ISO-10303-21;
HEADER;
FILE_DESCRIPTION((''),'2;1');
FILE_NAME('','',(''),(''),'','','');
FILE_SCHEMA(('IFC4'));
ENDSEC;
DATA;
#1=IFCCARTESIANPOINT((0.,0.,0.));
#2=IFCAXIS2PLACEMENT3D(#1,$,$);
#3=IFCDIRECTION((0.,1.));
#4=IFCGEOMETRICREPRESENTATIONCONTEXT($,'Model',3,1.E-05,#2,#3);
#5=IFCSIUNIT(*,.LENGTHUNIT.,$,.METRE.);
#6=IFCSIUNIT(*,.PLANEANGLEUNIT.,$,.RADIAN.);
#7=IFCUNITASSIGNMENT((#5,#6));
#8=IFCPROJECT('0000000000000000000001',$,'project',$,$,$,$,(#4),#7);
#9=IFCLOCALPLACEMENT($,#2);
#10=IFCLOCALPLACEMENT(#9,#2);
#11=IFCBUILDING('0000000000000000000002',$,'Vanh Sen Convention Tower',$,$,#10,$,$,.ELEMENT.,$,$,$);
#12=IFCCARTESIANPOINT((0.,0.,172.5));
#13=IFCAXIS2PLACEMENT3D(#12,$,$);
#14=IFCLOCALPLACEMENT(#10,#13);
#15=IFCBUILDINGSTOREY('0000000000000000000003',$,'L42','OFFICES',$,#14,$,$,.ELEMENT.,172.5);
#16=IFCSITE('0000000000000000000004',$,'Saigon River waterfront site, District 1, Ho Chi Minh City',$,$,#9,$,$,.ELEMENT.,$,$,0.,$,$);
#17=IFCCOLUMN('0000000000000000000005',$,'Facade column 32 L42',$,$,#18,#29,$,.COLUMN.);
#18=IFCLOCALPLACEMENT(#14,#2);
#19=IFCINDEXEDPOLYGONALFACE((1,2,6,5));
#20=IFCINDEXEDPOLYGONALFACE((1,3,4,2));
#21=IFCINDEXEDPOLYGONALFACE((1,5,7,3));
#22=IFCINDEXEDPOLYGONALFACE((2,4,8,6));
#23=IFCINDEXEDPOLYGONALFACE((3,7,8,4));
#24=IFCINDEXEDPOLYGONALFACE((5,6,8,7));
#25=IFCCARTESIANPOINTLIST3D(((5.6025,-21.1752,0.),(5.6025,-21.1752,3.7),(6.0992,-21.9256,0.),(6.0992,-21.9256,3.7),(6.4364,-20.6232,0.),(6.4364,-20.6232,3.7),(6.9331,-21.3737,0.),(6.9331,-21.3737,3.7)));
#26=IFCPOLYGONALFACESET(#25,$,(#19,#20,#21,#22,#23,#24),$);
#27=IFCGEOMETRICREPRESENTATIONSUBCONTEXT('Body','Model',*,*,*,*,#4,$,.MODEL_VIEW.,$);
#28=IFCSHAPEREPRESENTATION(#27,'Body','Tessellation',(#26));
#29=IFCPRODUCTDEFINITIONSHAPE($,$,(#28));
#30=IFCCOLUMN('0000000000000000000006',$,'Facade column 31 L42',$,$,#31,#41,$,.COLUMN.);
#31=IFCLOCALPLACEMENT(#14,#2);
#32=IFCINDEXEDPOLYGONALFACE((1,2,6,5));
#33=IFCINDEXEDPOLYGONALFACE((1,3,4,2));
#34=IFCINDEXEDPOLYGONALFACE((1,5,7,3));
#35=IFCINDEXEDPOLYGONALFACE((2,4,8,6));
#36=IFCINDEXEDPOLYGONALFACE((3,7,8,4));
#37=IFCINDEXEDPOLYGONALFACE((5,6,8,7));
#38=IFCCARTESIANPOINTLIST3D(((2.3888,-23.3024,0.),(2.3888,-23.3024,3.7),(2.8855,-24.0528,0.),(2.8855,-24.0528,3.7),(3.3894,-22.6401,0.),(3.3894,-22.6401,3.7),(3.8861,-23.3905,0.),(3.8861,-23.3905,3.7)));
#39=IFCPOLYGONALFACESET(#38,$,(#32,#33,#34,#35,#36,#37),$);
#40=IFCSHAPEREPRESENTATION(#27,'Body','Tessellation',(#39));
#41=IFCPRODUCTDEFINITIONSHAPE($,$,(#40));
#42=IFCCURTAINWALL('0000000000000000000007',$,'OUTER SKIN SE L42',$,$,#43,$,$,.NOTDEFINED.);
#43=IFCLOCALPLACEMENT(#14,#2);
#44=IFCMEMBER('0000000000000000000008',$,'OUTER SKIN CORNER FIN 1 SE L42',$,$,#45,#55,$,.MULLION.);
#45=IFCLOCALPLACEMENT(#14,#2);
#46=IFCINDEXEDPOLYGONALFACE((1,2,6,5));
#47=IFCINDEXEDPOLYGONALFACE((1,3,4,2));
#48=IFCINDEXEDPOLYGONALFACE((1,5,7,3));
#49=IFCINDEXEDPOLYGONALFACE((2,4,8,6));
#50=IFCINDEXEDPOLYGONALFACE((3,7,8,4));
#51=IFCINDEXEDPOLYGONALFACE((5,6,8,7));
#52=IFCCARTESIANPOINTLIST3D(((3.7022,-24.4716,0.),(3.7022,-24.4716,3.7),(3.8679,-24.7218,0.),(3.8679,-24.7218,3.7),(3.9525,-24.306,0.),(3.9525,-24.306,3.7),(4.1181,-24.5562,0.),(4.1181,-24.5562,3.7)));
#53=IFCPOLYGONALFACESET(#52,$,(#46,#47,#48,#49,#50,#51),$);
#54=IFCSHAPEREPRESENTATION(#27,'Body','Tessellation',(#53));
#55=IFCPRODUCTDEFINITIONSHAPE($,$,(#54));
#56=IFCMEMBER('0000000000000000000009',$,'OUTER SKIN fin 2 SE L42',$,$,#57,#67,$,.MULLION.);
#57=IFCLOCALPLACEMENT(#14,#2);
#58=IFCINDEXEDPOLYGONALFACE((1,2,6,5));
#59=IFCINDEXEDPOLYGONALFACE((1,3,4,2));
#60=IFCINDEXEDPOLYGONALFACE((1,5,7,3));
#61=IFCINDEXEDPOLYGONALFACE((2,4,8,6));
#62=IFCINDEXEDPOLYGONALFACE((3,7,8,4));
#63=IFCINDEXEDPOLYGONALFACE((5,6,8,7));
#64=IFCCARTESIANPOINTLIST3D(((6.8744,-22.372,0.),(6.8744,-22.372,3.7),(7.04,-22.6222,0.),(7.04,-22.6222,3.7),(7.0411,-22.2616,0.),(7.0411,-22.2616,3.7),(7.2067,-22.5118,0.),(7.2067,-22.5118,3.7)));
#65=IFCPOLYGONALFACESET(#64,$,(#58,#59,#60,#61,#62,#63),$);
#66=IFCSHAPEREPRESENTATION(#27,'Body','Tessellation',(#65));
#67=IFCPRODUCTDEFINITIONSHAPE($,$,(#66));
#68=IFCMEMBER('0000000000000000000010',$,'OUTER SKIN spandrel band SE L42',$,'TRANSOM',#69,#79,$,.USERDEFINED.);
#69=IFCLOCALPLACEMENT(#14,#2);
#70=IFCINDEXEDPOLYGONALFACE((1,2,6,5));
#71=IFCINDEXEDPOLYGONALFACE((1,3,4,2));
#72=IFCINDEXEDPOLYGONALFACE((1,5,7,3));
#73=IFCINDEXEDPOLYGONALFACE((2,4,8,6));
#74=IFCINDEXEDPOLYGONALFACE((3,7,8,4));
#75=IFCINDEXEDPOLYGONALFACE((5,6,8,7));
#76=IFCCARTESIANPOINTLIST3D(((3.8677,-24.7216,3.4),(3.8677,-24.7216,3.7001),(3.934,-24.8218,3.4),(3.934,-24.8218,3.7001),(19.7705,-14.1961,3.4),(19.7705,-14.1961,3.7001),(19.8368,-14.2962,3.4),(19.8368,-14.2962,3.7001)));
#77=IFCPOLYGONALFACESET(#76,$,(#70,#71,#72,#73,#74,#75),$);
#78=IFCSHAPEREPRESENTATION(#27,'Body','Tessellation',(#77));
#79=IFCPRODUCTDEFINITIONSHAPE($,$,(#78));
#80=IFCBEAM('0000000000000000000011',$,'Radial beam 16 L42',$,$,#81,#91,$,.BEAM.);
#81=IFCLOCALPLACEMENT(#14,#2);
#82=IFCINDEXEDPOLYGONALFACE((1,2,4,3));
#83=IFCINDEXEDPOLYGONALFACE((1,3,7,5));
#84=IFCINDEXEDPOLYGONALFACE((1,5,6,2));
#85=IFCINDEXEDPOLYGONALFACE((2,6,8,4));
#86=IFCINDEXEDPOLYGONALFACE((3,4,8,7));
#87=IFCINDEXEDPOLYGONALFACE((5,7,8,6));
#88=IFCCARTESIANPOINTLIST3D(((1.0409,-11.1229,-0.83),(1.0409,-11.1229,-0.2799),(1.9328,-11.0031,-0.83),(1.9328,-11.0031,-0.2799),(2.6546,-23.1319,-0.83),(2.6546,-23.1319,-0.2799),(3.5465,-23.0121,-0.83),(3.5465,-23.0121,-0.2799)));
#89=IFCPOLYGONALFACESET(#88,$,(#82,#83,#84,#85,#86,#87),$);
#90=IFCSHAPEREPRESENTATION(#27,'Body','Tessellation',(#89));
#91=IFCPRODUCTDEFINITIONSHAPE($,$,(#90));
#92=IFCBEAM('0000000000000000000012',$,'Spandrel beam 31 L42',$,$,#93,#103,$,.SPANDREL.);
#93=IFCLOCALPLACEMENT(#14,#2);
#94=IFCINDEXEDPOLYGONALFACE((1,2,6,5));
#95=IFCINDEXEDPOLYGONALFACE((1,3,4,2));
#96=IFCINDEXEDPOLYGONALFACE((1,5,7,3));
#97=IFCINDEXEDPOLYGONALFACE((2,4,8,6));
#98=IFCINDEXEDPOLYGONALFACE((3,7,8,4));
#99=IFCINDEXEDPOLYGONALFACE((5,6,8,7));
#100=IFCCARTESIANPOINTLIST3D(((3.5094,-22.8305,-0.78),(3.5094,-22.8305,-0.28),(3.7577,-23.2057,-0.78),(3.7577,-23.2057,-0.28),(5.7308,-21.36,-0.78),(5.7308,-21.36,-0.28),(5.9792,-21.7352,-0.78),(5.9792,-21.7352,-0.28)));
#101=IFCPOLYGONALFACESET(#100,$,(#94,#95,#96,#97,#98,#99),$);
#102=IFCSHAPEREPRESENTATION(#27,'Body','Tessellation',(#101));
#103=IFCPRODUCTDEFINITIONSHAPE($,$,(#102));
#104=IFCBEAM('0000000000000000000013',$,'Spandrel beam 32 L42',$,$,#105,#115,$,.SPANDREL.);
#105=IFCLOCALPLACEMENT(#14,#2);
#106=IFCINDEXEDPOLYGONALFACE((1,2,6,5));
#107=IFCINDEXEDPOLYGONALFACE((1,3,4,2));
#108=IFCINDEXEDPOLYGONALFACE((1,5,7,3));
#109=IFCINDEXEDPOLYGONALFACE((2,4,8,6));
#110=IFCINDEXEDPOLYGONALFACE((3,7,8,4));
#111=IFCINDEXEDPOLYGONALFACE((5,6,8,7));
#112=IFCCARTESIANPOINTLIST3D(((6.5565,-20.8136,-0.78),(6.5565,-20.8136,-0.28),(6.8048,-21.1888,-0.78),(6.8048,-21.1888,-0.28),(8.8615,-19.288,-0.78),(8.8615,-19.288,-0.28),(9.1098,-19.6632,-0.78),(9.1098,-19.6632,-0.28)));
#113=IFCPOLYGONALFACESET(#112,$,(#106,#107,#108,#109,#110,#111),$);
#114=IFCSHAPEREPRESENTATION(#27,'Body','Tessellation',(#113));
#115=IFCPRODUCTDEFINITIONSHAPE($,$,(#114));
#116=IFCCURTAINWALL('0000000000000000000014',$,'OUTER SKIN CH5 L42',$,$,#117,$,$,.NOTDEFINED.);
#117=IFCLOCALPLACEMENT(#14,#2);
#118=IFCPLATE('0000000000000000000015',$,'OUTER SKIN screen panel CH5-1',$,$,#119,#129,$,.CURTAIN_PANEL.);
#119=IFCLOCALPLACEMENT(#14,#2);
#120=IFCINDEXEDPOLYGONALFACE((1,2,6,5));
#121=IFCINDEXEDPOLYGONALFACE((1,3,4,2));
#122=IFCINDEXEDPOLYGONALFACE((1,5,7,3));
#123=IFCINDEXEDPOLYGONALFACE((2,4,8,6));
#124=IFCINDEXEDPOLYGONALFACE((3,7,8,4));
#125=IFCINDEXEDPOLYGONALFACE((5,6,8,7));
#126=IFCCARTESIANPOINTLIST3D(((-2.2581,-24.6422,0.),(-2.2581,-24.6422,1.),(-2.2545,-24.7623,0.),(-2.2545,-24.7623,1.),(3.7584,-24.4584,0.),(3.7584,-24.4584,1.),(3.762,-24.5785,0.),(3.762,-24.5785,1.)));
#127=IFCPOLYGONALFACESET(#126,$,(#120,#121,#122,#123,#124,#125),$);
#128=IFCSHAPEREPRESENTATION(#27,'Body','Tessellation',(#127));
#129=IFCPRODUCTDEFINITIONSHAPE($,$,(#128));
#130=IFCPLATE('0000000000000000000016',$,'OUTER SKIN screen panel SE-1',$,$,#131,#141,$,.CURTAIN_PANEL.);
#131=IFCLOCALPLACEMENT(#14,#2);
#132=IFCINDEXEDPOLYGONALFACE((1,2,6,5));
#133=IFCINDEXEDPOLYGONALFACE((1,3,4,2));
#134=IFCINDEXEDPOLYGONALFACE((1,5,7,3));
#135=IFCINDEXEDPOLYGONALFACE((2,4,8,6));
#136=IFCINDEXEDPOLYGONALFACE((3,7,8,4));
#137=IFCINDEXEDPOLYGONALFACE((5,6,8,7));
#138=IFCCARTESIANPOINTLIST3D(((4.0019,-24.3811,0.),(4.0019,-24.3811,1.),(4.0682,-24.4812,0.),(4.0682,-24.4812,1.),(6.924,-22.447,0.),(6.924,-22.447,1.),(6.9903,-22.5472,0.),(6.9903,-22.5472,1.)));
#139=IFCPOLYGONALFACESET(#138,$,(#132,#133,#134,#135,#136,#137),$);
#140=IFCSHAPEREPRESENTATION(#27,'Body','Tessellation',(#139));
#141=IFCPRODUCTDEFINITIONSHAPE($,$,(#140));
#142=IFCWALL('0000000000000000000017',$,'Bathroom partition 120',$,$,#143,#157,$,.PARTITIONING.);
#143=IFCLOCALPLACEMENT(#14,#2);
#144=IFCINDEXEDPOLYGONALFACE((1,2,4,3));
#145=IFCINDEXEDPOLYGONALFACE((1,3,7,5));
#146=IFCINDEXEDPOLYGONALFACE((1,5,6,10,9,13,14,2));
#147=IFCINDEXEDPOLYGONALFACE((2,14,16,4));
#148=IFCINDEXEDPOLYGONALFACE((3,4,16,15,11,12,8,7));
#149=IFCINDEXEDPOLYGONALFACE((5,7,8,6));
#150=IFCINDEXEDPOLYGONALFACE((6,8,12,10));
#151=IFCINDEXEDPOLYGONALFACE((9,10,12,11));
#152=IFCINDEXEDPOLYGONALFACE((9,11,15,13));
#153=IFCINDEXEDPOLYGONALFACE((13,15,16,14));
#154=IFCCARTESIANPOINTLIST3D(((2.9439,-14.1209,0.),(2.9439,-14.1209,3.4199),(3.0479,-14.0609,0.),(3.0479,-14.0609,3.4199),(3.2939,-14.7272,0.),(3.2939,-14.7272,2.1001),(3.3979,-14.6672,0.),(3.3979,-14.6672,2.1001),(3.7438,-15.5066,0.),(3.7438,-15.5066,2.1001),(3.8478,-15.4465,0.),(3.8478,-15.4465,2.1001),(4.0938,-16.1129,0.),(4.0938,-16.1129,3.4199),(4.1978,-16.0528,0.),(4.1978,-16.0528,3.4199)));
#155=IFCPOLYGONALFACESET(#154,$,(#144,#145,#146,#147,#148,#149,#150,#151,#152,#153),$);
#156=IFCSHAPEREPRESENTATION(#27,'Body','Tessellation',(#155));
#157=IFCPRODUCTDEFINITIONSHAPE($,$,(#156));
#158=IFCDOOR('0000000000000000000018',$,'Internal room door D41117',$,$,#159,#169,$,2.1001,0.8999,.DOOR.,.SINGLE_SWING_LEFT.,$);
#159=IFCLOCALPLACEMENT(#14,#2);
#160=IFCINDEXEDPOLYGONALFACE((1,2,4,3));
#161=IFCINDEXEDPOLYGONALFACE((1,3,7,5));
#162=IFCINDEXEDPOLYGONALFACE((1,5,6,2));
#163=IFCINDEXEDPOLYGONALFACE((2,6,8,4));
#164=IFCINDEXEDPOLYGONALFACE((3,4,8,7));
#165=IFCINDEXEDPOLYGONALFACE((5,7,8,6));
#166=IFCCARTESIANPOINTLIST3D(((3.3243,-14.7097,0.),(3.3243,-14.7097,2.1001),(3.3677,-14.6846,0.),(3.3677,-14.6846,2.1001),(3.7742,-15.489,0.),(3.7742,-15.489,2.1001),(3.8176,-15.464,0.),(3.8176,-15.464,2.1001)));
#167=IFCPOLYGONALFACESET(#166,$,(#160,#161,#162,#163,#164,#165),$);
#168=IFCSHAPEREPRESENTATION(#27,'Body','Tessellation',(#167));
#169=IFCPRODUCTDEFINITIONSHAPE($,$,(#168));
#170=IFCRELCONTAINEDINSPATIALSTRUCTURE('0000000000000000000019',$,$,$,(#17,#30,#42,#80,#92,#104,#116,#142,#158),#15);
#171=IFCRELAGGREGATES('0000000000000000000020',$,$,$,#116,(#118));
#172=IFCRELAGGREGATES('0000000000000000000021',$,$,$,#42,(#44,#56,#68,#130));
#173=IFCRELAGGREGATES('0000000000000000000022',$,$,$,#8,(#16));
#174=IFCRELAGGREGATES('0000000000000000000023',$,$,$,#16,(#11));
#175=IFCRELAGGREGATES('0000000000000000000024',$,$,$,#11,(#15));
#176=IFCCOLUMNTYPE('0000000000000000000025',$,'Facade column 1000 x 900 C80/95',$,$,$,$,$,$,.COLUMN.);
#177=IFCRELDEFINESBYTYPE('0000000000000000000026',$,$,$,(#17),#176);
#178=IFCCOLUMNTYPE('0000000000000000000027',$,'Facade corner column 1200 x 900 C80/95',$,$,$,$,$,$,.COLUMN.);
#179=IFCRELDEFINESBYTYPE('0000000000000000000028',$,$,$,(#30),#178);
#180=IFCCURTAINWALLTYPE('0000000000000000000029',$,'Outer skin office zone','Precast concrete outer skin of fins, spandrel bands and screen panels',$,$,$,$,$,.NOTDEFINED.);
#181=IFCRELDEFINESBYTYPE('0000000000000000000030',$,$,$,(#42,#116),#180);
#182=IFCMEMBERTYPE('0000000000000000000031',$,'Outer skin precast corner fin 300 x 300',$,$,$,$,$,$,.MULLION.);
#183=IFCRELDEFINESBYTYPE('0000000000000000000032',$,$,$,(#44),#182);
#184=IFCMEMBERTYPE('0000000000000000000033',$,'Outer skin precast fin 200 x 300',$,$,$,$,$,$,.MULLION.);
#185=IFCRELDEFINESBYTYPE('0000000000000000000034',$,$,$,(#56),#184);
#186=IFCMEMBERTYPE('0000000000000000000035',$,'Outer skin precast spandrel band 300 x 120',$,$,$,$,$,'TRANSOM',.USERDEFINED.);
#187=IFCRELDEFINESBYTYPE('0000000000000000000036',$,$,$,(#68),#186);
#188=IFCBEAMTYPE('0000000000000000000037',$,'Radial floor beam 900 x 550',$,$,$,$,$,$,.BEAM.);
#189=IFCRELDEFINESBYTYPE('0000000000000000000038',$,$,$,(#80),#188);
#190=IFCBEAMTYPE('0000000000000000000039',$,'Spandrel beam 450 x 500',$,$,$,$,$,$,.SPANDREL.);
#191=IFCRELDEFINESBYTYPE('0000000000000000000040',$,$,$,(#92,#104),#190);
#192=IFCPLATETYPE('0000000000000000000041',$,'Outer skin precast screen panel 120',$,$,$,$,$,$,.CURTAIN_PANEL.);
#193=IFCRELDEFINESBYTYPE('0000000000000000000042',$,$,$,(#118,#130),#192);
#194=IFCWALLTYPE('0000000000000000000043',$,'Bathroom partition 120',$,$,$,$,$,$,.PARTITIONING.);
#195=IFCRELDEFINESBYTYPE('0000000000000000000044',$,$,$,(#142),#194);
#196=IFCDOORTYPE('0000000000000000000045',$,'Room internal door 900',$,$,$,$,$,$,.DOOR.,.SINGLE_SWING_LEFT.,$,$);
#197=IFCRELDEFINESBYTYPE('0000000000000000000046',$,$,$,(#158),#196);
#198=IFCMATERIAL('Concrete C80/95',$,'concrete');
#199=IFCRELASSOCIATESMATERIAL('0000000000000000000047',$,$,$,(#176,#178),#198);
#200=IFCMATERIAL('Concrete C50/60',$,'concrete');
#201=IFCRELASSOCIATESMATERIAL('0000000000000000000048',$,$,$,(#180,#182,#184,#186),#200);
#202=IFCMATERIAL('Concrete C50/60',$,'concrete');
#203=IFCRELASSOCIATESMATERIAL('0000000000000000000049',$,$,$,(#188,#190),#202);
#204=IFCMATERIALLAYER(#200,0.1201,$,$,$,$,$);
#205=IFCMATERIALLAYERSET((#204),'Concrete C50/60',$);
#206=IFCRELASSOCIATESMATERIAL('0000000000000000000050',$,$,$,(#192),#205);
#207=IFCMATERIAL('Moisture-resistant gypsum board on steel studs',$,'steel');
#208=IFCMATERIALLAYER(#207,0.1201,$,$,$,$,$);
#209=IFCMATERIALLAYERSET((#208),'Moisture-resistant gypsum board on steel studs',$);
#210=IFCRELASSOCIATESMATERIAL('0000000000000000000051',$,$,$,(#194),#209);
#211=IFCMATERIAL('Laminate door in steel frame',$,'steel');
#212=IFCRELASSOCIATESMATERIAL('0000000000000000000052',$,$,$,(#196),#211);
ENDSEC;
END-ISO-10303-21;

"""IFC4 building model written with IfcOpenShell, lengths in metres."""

from ifc_helpers import new_model, si_unit, direction, frame, frame_2d, origin, origin_2d, place, context, subcontext, project, spatial, rectangle, extrude, material, layer, layer_set, material_profile, profile_set, type_object, element, fill, aggregate, save


model = new_model("IFC4")

# Units and contexts
model_context = context("Model", 3, precision=1e-05, world=origin(), true_north=direction((0.0, 1.0)))
body_context = subcontext(model_context, "Body", "Model", "MODEL_VIEW")
ifc_project = project(units=[si_unit("LENGTHUNIT", "METRE"), si_unit("PLANEANGLEUNIT", "RADIAN")], contexts=[model_context])

# Site, building, storey
site_placement = place(None, origin())
site = spatial("IfcSite", under=ifc_project, at=site_placement, Name="Saigon River waterfront site, District 1, Ho Chi Minh City", CompositionType="ELEMENT", RefElevation=0.0)
building_placement = place(site_placement, origin())
building = spatial("IfcBuilding", under=site, at=building_placement, Name="Vanh Sen Convention Tower", CompositionType="ELEMENT")
storey_placement = place(building_placement, frame((0.0, 0.0, 172.5)))
storey = spatial("IfcBuildingStorey", under=building, at=storey_placement, Name="L42", Description="OFFICES", CompositionType="ELEMENT", Elevation=172.5)

# Columns
ifc_material_1 = material(Name="Concrete C80/95", Category="concrete")
ifc_material_profile_1 = material_profile(ifc_material_1, rectangle(XDim=1.0, YDim=0.8999, at=origin_2d()), Name="RC 1000X900")
ifc_profile_set_1 = profile_set([ifc_material_profile_1], Name="Concrete C80/95")
column_type_1 = type_object("IfcColumnType", Name="Facade column 1000 x 900 C80/95", PredefinedType="COLUMN", material=ifc_profile_set_1)
column_1_placement = place(storey_placement, frame((6.2678, -21.2744, 0.0), z_axis=(0.0, 0.0, 1.0), x_axis=(0.833886, 0.551937, 0.0)))
element("IfcColumn", 1, at=column_1_placement, inside=storey, type_object=column_type_1, Name="Facade column 32 L42", PredefinedType="COLUMN", context=body_context, shape_type="SweptSolid", body=[
    extrude(rectangle(XDim=1.0, YDim=0.8999, at=origin_2d()), origin(), (0.0, 0.0, 1.0), 3.7),
])
ifc_material_profile_2 = material_profile(ifc_material_1, rectangle(XDim=1.2, YDim=0.8999, at=origin_2d()), Name="RC 1200X900")
ifc_profile_set_2 = profile_set([ifc_material_profile_2], Name="Concrete C80/95")
column_type_2 = type_object("IfcColumnType", Name="Facade corner column 1200 x 900 C80/95", PredefinedType="COLUMN", material=ifc_profile_set_2)
column_2_placement = place(storey_placement, frame((3.1375, -23.3464, 0.0), z_axis=(0.0, 0.0, 1.0), x_axis=(0.833886, 0.551937, 0.0)))
element("IfcColumn", 2, at=column_2_placement, inside=storey, type_object=column_type_2, Name="Facade column 31 L42", PredefinedType="COLUMN", context=body_context, shape_type="SweptSolid", body=[
    extrude(rectangle(XDim=1.2, YDim=0.8999, at=origin_2d()), origin(), (0.0, 0.0, 1.0), 3.7),
])

# Curtain wall, members
ifc_material_2 = material(Name="Concrete C50/60", Category="concrete")
curtain_wall_type = type_object("IfcCurtainWallType", Name="Outer skin office zone", Description="Precast concrete outer skin of fins, spandrel bands and screen panels", PredefinedType="NOTDEFINED", material=ifc_material_2)
curtain_wall_1_placement = place(storey_placement, origin())
curtain_wall_1 = element("IfcCurtainWall", 3, at=curtain_wall_1_placement, inside=storey, type_object=curtain_wall_type, Name="OUTER SKIN SE L42", PredefinedType="NOTDEFINED")
ifc_material_profile_3 = material_profile(ifc_material_2, rectangle(XDim=0.3, YDim=0.3, at=origin_2d()), Name="Outer skin precast corner fin 300 x 300")
ifc_profile_set_3 = profile_set([ifc_material_profile_3], Name="Concrete C50/60")
member_type_1 = type_object("IfcMemberType", Name="Outer skin precast corner fin 300 x 300", PredefinedType="MULLION", material=ifc_profile_set_3)
member_1_placement = place(storey_placement, frame((3.9102, -24.5139, 0.0), z_axis=(0.0, 0.0, 1.0), x_axis=(0.833886, 0.551937, 0.0)))
member_1 = element("IfcMember", 4, at=member_1_placement, type_object=member_type_1, Name="OUTER SKIN CORNER FIN 1 SE L42", PredefinedType="MULLION", context=body_context, shape_type="SweptSolid", body=[
    extrude(rectangle(XDim=0.3, YDim=0.3, at=origin_2d()), origin(), (0.0, 0.0, 1.0), 3.7),
])
ifc_material_profile_4 = material_profile(ifc_material_2, rectangle(XDim=0.2, YDim=0.3, at=origin_2d()), Name="Outer skin precast fin 200 x 300")
ifc_profile_set_4 = profile_set([ifc_material_profile_4], Name="Concrete C50/60")
member_type_2 = type_object("IfcMemberType", Name="Outer skin precast fin 200 x 300", PredefinedType="MULLION", material=ifc_profile_set_4)
member_2_placement = place(storey_placement, frame((7.0405, -22.4419, 0.0), z_axis=(0.0, 0.0, 1.0), x_axis=(0.833886, 0.551937, 0.0)))
member_2 = element("IfcMember", 5, at=member_2_placement, type_object=member_type_2, Name="OUTER SKIN fin 2 SE L42", PredefinedType="MULLION", context=body_context, shape_type="SweptSolid", body=[
    extrude(rectangle(XDim=0.2, YDim=0.3, at=origin_2d()), origin(), (0.0, 0.0, 1.0), 3.7),
])
ifc_material_profile_5 = material_profile(ifc_material_2, rectangle(XDim=0.1201, YDim=0.3, at=origin_2d()), Name="Outer skin precast spandrel band 300 x 120")
ifc_profile_set_5 = profile_set([ifc_material_profile_5], Name="Concrete C50/60")
member_type_3 = type_object("IfcMemberType", Name="Outer skin precast spandrel band 300 x 120", ElementType="TRANSOM", PredefinedType="USERDEFINED", material=ifc_profile_set_5)
member_3_placement = place(storey_placement, frame((3.9009, -24.7717, 3.55), z_axis=(0.833891, 0.551929, 0.0), x_axis=(-0.551929, 0.833891, 0.0)))
member_3 = element("IfcMember", 6, at=member_3_placement, type_object=member_type_3, Name="OUTER SKIN spandrel band SE L42", ObjectType="TRANSOM", PredefinedType="USERDEFINED", context=body_context, shape_type="SweptSolid", body=[
    extrude(rectangle(XDim=0.1201, YDim=0.3, at=origin_2d()), origin(), (0.0, 0.0, 1.0), 19.0706),
])

# Beams
ifc_material_3 = material(Name="Concrete C50/60", Category="concrete")
ifc_material_profile_6 = material_profile(ifc_material_3, rectangle(XDim=0.8999, YDim=0.55, at=origin_2d()), Name="RC 900X550")
ifc_profile_set_6 = profile_set([ifc_material_profile_6], Name="Concrete C50/60")
beam_type_1 = type_object("IfcBeamType", Name="Radial floor beam 900 x 550", PredefinedType="BEAM", material=ifc_profile_set_6)
beam_1_placement = place(storey_placement, frame((3.1006, -23.072, -0.5549), z_axis=(-0.133183, 0.991092, 0.0), x_axis=(-0.991092, -0.133183, 0.0)))
element("IfcBeam", 7, at=beam_1_placement, inside=storey, type_object=beam_type_1, Name="Radial beam 16 L42", PredefinedType="BEAM", context=body_context, shape_type="SweptSolid", body=[
    extrude(rectangle(XDim=0.8999, YDim=0.55, at=origin_2d()), origin(), (0.0, 0.0, 1.0), 12.1169),
])
ifc_material_profile_7 = material_profile(ifc_material_3, rectangle(XDim=0.45, YDim=0.5, at=origin_2d()), Name="RC 450X500")
ifc_profile_set_7 = profile_set([ifc_material_profile_7], Name="Concrete C50/60")
beam_type_2 = type_object("IfcBeamType", Name="Spandrel beam 450 x 500", PredefinedType="SPANDREL", material=ifc_profile_set_7)
beam_2_placement = place(storey_placement, frame((3.6335, -23.0181, -0.53), z_axis=(0.833865, 0.551969, 0.0), x_axis=(-0.551969, 0.833865, 0.0)))
element("IfcBeam", 8, at=beam_2_placement, inside=storey, type_object=beam_type_2, Name="Spandrel beam 31 L42", PredefinedType="SPANDREL", context=body_context, shape_type="SweptSolid", body=[
    extrude(rectangle(XDim=0.45, YDim=0.5, at=origin_2d()), origin(), (0.0, 0.0, 1.0), 2.6641),
])
beam_3_placement = place(storey_placement, frame((6.6807, -21.0012, -0.53), z_axis=(0.83388, 0.551945, 0.0), x_axis=(-0.551945, 0.83388, 0.0)))
element("IfcBeam", 9, at=beam_3_placement, inside=storey, type_object=beam_type_2, Name="Spandrel beam 32 L42", PredefinedType="SPANDREL", context=body_context, shape_type="SweptSolid", body=[
    extrude(rectangle(XDim=0.45, YDim=0.5, at=origin_2d()), origin(), (0.0, 0.0, 1.0), 2.7642),
])

# Curtain wall, plate
curtain_wall_2_placement = place(storey_placement, origin())
curtain_wall_2 = element("IfcCurtainWall", 10, at=curtain_wall_2_placement, inside=storey, type_object=curtain_wall_type, Name="OUTER SKIN CH5 L42", PredefinedType="NOTDEFINED")
ifc_layer_1 = layer(ifc_material_2, 0.1201)
ifc_layer_set_1 = layer_set([ifc_layer_1], Name="Concrete C50/60")
plate_type = type_object("IfcPlateType", Name="Outer skin precast screen panel 120", PredefinedType="CURTAIN_PANEL", material=ifc_layer_set_1)
plate_1_placement = place(storey_placement, frame((0.752, -24.6104, 0.0), z_axis=(0.0, 0.0, 1.0), x_axis=(0.999534, 0.03054, 0.0)))
plate_1 = element("IfcPlate", 11, at=plate_1_placement, type_object=plate_type, Name="OUTER SKIN screen panel CH5-1", PredefinedType="CURTAIN_PANEL", context=body_context, shape_type="SweptSolid", body=[
    extrude(rectangle(XDim=6.0193, YDim=0.1201, at=origin_2d()), origin(), (0.0, 0.0, 1.0), 1.0),
])
aggregate(curtain_wall_2, [plate_1])

# Plate
plate_2_placement = place(storey_placement, frame((5.4961, -23.4641, 0.0), z_axis=(0.0, 0.0, 1.0), x_axis=(0.83389, 0.551931, 0.0)))
plate_2 = element("IfcPlate", 12, at=plate_2_placement, type_object=plate_type, Name="OUTER SKIN screen panel SE-1", PredefinedType="CURTAIN_PANEL", context=body_context, shape_type="SweptSolid", body=[
    extrude(rectangle(XDim=3.5042, YDim=0.1201, at=origin_2d()), origin(), (0.0, 0.0, 1.0), 1.0),
])
aggregate(curtain_wall_1, [member_1, member_2, member_3, plate_2])

# Wall, opening, door
ifc_material_4 = material(Name="Moisture-resistant gypsum board on steel studs", Category="steel")
ifc_layer_2 = layer(ifc_material_4, 0.1201)
ifc_layer_set_2 = layer_set([ifc_layer_2], Name="Moisture-resistant gypsum board on steel studs")
wall_type_1 = type_object("IfcWallType", Name="Bathroom partition 120", PredefinedType="PARTITIONING", material=ifc_layer_set_2)
wall_1_placement = place(storey_placement, frame((4.1458, -16.0828, 0.0), z_axis=(0.0, 0.0, 1.0), x_axis=(-0.499952, 0.866053, 0.0)))
wall_1 = element("IfcWall", 13, at=wall_1_placement, inside=storey, type_object=wall_type_1, Name="Bathroom partition 120", PredefinedType="PARTITIONING", context=body_context, shape_type="SweptSolid", body=[
    extrude(rectangle(XDim=2.3, YDim=0.1201, at=frame_2d((1.1499, 0.0))), origin(), (0.0, 0.0, 1.0), 3.4199),
])
opening_1_placement = place(wall_1_placement, frame((0.7, 0.0, 0.0)))
opening_1 = element("IfcOpeningElement", 14, at=opening_1_placement, cuts=wall_1, PredefinedType="OPENING", context=body_context, shape_type="SweptSolid", body=[
    extrude(rectangle(XDim=0.8999, YDim=2.1001, at=frame_2d((0.45, 1.05))), frame((0.0, 0.0701, 0.0), z_axis=(0.0, -1.0, 0.0), x_axis=(1.0, 0.0, 0.0)), (0.0, 0.0, 1.0), 0.1401),
])
ifc_material_5 = material(Name="Laminate door in steel frame", Category="steel")
door_type = type_object("IfcDoorType", Name="Room internal door 900", OperationType="SINGLE_SWING_LEFT", PredefinedType="DOOR", material=ifc_material_5)
door_placement = place(opening_1_placement, origin())
door = element("IfcDoor", 15, at=door_placement, inside=storey, type_object=door_type, Name="Internal room door D41117", OperationType="SINGLE_SWING_LEFT", OverallHeight=2.1001, OverallWidth=0.8999, PredefinedType="DOOR", context=body_context, shape_type="SweptSolid", body=[
    extrude(rectangle(XDim=0.8999, YDim=2.1001, at=frame_2d((0.45, 1.05))), frame((0.0, 0.0249, 0.0), z_axis=(0.0, -1.0, 0.0), x_axis=(1.0, 0.0, 0.0)), (0.0, 0.0, 1.0), 0.05),
])
fill(opening_1, door)

save(model, "model.ifc")
